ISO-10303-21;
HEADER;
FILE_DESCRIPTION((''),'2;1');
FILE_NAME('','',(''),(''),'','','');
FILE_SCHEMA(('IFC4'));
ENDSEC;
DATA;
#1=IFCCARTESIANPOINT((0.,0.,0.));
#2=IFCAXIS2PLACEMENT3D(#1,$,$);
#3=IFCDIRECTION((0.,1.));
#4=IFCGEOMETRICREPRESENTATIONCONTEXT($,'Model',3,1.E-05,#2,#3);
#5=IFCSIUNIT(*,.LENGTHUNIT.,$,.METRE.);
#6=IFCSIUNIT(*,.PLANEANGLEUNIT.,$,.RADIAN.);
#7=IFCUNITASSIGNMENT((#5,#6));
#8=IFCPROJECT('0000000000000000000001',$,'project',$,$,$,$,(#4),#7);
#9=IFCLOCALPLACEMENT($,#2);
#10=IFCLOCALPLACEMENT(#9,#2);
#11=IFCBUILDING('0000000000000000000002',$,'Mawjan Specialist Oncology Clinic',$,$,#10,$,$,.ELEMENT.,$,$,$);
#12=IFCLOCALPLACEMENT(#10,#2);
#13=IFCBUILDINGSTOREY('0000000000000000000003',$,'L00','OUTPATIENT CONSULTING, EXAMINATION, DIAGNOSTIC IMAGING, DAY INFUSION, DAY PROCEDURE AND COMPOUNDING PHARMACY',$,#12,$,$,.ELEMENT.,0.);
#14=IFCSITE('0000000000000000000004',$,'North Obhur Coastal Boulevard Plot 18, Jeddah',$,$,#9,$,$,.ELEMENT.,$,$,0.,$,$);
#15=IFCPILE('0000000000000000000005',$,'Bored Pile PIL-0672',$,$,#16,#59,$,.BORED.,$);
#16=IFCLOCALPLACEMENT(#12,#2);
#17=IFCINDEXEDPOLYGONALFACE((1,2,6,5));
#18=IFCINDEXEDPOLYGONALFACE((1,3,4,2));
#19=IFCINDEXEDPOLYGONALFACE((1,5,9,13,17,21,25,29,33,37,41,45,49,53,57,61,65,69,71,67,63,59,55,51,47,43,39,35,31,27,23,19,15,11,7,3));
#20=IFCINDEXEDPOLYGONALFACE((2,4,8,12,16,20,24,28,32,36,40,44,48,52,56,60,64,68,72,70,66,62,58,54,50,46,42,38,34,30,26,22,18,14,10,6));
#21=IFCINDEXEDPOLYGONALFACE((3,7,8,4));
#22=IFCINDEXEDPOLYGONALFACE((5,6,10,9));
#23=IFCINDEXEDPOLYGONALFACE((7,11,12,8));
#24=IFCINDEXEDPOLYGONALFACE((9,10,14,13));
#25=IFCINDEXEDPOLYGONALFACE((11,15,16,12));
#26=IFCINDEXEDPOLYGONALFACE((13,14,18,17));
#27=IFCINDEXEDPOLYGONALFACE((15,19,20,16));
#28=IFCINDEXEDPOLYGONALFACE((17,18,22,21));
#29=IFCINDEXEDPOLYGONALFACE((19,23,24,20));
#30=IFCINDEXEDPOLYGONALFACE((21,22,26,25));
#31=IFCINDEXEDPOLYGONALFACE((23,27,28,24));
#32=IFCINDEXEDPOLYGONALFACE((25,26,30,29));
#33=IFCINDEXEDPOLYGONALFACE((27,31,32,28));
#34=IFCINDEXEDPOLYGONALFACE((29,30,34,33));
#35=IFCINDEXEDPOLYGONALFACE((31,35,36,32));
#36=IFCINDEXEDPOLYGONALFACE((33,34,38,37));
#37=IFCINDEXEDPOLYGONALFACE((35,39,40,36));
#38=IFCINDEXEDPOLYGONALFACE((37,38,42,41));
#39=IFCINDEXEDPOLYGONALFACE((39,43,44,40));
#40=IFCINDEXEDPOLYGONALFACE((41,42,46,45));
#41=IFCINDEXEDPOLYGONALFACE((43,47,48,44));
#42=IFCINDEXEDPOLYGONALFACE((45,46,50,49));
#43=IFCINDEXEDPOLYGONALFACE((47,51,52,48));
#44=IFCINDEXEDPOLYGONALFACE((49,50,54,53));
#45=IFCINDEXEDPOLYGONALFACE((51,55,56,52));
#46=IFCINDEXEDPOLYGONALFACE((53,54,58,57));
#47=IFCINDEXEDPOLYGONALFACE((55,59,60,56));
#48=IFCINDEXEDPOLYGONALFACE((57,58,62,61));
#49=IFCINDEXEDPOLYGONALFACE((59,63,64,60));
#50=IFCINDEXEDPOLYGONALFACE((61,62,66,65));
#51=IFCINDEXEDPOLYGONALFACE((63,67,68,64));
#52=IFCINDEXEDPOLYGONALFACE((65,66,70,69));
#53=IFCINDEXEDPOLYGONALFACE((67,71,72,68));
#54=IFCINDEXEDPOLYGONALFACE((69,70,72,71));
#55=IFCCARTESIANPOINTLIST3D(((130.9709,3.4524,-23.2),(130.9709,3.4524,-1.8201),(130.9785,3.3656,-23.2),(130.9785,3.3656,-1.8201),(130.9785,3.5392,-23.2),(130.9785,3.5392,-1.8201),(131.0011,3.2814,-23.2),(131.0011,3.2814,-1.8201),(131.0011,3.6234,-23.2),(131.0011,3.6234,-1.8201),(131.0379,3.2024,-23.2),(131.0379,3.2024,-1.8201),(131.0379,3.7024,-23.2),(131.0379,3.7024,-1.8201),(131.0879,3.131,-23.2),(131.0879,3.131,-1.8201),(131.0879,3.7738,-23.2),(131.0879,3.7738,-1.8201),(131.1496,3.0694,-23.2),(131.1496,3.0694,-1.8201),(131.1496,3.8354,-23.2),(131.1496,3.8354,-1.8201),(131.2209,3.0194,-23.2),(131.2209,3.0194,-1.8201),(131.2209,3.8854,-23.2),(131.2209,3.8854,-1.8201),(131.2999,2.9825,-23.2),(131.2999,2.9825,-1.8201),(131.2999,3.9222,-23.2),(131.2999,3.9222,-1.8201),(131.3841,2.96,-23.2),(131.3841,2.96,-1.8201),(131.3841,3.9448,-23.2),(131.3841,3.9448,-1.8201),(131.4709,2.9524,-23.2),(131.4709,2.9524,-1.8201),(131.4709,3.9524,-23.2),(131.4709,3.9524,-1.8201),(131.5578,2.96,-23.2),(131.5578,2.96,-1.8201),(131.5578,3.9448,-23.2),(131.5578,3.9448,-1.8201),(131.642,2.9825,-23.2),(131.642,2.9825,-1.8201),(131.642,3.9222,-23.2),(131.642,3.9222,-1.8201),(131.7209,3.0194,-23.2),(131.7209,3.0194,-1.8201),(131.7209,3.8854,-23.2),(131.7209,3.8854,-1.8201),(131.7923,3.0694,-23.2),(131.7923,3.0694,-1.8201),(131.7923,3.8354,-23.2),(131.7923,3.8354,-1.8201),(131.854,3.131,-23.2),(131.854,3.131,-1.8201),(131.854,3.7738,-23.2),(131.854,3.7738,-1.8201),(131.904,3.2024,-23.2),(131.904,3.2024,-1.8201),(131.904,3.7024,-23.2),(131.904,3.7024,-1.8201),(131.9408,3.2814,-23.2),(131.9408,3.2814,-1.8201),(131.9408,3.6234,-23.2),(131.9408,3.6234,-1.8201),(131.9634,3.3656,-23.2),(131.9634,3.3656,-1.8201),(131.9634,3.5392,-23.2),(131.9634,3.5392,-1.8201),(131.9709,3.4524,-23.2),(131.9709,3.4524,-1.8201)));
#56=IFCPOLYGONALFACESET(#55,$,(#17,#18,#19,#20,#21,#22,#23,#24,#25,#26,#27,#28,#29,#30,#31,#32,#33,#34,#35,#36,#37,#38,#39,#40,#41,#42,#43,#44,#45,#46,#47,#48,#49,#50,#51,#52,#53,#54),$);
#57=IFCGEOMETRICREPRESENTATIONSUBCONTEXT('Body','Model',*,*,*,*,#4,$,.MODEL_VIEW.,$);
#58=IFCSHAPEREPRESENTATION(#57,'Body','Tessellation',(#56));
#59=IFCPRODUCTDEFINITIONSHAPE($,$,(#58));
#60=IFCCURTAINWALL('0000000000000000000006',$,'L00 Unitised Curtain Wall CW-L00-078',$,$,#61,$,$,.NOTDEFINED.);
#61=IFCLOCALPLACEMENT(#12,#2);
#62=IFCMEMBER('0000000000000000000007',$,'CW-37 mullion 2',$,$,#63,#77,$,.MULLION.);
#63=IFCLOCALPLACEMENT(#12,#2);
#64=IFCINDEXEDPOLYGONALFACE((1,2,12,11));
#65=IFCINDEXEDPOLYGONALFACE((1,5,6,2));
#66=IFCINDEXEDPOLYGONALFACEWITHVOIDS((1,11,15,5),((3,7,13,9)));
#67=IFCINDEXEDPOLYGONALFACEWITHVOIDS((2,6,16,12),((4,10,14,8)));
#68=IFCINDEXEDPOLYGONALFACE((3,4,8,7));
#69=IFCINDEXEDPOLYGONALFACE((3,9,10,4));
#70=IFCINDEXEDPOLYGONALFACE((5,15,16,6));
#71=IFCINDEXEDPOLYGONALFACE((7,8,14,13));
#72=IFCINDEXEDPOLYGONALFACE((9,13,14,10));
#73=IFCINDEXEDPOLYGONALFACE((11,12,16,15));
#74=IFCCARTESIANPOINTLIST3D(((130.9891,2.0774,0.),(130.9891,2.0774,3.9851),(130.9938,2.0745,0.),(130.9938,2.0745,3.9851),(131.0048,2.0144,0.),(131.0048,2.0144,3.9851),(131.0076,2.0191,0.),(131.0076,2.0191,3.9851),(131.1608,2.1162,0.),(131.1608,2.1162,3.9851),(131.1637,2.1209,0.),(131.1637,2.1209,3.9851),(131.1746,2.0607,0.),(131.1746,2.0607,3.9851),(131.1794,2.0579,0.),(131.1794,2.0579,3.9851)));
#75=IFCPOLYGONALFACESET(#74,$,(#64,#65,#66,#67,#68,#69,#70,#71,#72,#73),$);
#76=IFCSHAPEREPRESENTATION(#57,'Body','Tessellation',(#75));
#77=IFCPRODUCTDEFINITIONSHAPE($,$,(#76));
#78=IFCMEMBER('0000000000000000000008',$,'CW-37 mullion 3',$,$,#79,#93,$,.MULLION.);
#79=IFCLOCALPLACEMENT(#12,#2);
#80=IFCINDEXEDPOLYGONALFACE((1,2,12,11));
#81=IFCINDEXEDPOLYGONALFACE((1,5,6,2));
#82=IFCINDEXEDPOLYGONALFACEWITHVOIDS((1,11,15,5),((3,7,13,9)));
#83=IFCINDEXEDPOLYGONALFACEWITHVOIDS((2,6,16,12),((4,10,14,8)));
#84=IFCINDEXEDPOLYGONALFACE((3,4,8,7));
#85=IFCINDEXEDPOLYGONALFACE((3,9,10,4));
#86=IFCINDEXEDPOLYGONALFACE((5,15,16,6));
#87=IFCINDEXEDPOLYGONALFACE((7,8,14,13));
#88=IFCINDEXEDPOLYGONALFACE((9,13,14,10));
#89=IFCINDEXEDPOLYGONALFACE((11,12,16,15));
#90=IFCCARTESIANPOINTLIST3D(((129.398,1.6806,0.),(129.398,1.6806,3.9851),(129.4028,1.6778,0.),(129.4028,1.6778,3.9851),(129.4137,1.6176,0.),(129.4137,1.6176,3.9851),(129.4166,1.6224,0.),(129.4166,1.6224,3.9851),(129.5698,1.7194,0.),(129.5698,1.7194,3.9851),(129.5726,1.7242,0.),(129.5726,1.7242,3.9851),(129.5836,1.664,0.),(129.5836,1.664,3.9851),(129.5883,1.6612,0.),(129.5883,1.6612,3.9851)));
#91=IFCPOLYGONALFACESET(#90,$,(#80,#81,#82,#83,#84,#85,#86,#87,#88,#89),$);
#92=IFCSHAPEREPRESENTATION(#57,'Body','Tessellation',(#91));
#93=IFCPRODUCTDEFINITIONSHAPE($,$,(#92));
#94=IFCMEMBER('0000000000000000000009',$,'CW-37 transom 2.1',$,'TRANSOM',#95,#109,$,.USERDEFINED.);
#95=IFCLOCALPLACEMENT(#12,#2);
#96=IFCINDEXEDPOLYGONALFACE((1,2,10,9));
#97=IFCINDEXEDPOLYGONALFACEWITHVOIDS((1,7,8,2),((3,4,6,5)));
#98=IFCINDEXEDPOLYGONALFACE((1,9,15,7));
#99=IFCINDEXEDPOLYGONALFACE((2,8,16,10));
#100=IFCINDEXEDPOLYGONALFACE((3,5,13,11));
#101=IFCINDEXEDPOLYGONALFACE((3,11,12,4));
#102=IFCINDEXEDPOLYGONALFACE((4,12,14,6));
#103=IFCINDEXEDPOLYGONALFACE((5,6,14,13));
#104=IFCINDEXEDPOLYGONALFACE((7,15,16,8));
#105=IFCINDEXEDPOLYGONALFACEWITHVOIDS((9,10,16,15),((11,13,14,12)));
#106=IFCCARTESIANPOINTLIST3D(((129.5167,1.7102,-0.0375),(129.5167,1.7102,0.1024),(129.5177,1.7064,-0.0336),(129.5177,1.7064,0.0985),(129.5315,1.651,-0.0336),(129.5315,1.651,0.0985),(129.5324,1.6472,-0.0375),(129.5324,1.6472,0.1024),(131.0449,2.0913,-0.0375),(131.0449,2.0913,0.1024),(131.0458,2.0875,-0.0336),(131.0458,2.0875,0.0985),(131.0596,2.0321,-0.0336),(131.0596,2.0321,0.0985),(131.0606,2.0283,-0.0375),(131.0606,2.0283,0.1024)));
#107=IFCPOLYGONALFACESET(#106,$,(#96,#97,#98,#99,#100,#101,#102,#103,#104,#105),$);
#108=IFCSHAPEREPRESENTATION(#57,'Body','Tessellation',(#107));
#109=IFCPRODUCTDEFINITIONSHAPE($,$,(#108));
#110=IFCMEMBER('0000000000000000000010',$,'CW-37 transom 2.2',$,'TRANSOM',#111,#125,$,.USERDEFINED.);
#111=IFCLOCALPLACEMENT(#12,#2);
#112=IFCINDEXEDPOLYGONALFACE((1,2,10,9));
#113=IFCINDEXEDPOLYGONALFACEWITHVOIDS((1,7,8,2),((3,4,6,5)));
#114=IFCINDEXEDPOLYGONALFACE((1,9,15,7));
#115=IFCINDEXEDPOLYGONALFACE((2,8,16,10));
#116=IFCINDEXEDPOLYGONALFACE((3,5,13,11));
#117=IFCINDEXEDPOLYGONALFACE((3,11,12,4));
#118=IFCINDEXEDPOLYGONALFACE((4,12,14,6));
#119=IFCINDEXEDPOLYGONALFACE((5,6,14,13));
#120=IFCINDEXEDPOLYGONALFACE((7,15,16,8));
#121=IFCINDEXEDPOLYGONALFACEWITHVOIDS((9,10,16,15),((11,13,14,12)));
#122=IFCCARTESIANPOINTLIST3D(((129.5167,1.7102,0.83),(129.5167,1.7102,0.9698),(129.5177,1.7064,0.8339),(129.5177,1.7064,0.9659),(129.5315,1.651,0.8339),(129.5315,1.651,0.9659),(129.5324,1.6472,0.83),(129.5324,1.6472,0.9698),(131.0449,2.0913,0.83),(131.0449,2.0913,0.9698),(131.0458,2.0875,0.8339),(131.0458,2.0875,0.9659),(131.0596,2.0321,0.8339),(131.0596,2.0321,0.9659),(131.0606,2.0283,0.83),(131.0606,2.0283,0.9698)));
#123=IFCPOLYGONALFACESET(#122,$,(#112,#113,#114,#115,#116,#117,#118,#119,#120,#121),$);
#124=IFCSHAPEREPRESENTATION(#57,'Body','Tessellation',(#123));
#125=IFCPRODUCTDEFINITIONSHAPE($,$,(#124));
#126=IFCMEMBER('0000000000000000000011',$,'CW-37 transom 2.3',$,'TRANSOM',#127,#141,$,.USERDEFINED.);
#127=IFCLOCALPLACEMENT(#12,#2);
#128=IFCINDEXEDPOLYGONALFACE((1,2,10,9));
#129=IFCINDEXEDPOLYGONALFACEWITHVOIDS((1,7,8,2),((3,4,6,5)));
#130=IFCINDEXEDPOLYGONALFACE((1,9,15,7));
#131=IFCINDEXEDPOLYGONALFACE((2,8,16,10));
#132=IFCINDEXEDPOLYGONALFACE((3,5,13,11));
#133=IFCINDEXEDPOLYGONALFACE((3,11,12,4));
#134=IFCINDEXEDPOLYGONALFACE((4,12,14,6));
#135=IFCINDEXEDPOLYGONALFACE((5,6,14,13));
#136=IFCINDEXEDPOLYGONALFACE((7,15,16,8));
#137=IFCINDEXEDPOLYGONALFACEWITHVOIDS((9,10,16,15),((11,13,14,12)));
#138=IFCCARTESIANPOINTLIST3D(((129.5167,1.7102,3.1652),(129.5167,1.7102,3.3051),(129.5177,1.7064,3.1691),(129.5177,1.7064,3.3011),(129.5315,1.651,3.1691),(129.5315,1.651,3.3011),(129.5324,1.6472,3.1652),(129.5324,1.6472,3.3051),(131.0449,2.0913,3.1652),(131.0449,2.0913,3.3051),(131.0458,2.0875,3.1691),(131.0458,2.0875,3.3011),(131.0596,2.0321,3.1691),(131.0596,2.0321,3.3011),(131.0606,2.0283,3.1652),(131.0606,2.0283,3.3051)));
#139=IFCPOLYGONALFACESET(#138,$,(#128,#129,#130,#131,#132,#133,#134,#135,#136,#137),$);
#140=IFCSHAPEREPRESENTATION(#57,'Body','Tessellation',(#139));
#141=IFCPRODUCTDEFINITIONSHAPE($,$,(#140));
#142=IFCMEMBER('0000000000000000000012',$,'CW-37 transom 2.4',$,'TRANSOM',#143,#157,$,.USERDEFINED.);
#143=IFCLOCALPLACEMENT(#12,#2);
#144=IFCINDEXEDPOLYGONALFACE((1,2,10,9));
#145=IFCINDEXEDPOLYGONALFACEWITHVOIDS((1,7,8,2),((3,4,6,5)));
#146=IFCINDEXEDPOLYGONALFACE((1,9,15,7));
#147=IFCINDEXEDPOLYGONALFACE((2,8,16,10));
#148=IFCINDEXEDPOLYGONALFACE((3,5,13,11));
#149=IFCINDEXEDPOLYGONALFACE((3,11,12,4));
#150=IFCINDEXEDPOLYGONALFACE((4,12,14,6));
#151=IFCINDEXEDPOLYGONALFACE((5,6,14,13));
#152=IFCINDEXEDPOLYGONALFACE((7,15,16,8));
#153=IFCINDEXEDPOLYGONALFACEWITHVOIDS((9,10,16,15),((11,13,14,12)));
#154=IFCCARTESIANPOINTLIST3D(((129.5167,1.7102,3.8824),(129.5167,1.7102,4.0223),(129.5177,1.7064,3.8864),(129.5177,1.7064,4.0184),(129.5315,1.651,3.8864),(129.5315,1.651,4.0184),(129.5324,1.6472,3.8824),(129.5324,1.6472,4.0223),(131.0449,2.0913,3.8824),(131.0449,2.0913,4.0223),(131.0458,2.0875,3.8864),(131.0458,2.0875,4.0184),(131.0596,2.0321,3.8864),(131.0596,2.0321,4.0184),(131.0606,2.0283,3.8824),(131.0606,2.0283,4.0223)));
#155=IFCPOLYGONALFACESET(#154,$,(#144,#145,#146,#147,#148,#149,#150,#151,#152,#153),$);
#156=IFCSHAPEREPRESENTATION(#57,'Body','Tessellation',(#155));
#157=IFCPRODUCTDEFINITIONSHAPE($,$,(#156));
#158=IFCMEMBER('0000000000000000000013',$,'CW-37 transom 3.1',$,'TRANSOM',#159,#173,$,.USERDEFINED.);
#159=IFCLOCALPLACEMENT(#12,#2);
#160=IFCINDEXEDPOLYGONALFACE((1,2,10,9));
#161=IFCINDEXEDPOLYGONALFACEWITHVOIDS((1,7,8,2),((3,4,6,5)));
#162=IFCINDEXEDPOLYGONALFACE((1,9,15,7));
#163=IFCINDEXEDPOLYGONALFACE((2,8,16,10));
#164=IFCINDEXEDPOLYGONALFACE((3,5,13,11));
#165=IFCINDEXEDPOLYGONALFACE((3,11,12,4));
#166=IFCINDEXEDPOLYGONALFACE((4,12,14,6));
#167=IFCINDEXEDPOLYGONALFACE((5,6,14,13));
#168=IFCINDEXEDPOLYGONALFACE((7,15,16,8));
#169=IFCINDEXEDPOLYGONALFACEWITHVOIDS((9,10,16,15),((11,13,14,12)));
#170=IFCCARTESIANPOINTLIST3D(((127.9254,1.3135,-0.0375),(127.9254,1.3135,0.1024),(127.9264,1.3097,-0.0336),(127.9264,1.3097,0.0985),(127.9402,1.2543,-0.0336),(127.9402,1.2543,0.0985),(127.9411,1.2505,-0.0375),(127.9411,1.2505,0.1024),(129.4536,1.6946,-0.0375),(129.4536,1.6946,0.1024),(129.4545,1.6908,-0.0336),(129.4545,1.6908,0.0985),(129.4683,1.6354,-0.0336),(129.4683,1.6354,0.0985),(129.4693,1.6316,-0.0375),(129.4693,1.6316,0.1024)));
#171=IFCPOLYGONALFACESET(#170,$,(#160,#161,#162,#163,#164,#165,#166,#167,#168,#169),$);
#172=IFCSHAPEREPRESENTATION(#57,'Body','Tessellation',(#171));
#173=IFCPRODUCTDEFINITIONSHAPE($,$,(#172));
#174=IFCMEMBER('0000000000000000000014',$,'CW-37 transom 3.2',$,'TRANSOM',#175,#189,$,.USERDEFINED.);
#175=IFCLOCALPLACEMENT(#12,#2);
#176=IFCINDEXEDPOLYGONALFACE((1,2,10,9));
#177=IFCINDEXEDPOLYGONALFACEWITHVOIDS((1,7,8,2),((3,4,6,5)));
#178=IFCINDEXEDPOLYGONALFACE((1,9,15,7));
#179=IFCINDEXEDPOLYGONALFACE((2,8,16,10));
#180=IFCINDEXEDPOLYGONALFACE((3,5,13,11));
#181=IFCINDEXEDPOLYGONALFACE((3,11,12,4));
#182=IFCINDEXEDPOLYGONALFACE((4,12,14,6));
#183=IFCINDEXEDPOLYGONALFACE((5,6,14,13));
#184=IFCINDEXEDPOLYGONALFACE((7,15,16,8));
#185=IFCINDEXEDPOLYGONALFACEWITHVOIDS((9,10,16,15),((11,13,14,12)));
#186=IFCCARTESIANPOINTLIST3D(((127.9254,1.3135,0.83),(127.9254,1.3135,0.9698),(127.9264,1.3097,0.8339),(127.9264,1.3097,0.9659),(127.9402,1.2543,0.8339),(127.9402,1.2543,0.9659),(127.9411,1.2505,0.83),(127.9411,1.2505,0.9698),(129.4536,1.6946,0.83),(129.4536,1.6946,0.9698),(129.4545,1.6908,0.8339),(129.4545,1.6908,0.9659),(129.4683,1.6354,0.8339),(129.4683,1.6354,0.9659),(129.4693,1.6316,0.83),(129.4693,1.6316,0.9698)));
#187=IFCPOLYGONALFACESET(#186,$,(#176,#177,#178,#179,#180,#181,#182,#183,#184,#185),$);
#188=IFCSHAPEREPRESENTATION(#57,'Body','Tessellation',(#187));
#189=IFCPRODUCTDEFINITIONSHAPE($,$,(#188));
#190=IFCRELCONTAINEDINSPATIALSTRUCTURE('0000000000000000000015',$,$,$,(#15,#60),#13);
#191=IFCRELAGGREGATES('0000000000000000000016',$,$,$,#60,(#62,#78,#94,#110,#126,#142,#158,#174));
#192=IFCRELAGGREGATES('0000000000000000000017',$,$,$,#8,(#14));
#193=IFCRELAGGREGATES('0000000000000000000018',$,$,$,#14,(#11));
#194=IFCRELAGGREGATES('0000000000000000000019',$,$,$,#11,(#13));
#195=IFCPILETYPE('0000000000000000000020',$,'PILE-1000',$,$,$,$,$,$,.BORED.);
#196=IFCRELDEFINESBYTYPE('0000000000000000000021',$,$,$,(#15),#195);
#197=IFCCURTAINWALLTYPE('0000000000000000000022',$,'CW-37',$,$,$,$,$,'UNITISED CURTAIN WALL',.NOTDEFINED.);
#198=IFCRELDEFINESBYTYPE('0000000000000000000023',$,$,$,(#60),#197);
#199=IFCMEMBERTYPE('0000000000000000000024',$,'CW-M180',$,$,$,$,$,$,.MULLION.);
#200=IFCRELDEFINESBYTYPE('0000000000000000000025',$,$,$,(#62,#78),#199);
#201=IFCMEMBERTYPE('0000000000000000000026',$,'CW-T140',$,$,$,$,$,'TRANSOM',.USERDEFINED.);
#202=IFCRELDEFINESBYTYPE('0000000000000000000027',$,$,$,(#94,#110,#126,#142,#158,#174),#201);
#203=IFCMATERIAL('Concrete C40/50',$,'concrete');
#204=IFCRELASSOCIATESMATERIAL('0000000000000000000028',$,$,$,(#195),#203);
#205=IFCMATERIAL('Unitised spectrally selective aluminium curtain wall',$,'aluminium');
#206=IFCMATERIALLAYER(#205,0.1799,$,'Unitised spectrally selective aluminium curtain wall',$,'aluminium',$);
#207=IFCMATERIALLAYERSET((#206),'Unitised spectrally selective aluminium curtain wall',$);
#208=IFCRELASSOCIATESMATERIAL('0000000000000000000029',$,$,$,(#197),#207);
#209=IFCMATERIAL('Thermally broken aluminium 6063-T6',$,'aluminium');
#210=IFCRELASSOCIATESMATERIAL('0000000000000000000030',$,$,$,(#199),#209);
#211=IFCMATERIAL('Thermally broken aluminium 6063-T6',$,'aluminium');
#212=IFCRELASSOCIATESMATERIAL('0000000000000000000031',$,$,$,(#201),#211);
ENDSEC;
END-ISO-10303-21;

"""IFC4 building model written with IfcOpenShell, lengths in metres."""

from ifc_helpers import new_model, si_unit, direction, frame, origin, origin_2d, place, context, subcontext, project, spatial, hollow_rectangle, circle, extrude, material, layer, layer_set, material_profile, profile_set, type_object, element, aggregate, save


model = new_model("IFC4")

# Units and contexts
model_context = context("Model", 3, precision=1e-05, world=origin(), true_north=direction((0.0, 1.0)))
body_context = subcontext(model_context, "Body", "Model", "MODEL_VIEW")
ifc_project = project(units=[si_unit("LENGTHUNIT", "METRE"), si_unit("PLANEANGLEUNIT", "RADIAN")], contexts=[model_context])

# Site, building, storey
site_placement = place(None, origin())
site = spatial("IfcSite", under=ifc_project, at=site_placement, Name="North Obhur Coastal Boulevard Plot 18, Jeddah", CompositionType="ELEMENT", RefElevation=0.0)
building_placement = place(site_placement, origin())
building = spatial("IfcBuilding", under=site, at=building_placement, Name="Mawjan Specialist Oncology Clinic", CompositionType="ELEMENT")
storey_placement = place(building_placement, origin())
storey = spatial("IfcBuildingStorey", under=building, at=storey_placement, Name="L00", Description="OUTPATIENT CONSULTING, EXAMINATION, DIAGNOSTIC IMAGING, DAY INFUSION, DAY PROCEDURE AND COMPOUNDING PHARMACY", CompositionType="ELEMENT", Elevation=0.0)

# Pile
ifc_material_1 = material(Name="Concrete C40/50", Category="concrete")
ifc_material_profile_1 = material_profile(ifc_material_1, circle(Radius=0.5, at=origin_2d()), Name="BORED PILE D1000", Category="concrete")
ifc_profile_set_1 = profile_set([ifc_material_profile_1], Name="Concrete C40/50")
pile_type = type_object("IfcPileType", Name="PILE-1000", PredefinedType="BORED", material=ifc_profile_set_1)
pile_placement = place(storey_placement, frame((131.4709, 3.4524, -1.8201), z_axis=(0.0, 0.0, -1.0), x_axis=(1.0, 0.0, 0.0)))
element("IfcPile", 1, at=pile_placement, inside=storey, type_object=pile_type, Name="Bored Pile PIL-0672", PredefinedType="BORED", context=body_context, shape_type="SweptSolid", body=[
    extrude(circle(Radius=0.5, at=origin_2d()), origin(), (0.0, 0.0, 1.0), 21.3799),
])

# Curtain wall, members
ifc_material_2 = material(Name="Unitised spectrally selective aluminium curtain wall", Category="aluminium")
ifc_layer_1 = layer(ifc_material_2, 0.1799, Name="Unitised spectrally selective aluminium curtain wall", Category="aluminium")
ifc_layer_set_1 = layer_set([ifc_layer_1], Name="Unitised spectrally selective aluminium curtain wall")
curtain_wall_type = type_object("IfcCurtainWallType", Name="CW-37", ElementType="UNITISED CURTAIN WALL", PredefinedType="NOTDEFINED", material=ifc_layer_set_1)
curtain_wall_placement = place(storey_placement, origin())
curtain_wall = element("IfcCurtainWall", 2, at=curtain_wall_placement, inside=storey, type_object=curtain_wall_type, Name="L00 Unitised Curtain Wall CW-L00-078", PredefinedType="NOTDEFINED")
ifc_material_3 = material(Name="Thermally broken aluminium 6063-T6", Category="aluminium")
ifc_material_profile_2 = material_profile(ifc_material_3, hollow_rectangle(XDim=0.0649, YDim=0.1799, WallThickness=0.0039, at=origin_2d()), Name="ALU MULLION 180x65x4", Category="aluminium")
ifc_profile_set_2 = profile_set([ifc_material_profile_2], Name="Thermally broken aluminium 6063-T6")
member_type_1 = type_object("IfcMemberType", Name="CW-M180", PredefinedType="MULLION", material=ifc_profile_set_2)
member_1_placement = place(storey_placement, frame((131.0842, 2.0676, 0.0), z_axis=(0.0, 0.0, 1.0), x_axis=(0.241922, -0.970296, 0.0)))
member_1 = element("IfcMember", 3, at=member_1_placement, type_object=member_type_1, Name="CW-37 mullion 2", PredefinedType="MULLION", context=body_context, shape_type="SweptSolid", body=[
    extrude(hollow_rectangle(XDim=0.0649, YDim=0.1799, WallThickness=0.0039, at=origin_2d()), origin(), (0.0, 0.0, 1.0), 3.9851),
])
member_2_placement = place(storey_placement, frame((129.4932, 1.6709, 0.0), z_axis=(0.0, 0.0, 1.0), x_axis=(0.241922, -0.970296, 0.0)))
member_2 = element("IfcMember", 4, at=member_2_placement, type_object=member_type_1, Name="CW-37 mullion 3", PredefinedType="MULLION", context=body_context, shape_type="SweptSolid", body=[
    extrude(hollow_rectangle(XDim=0.0649, YDim=0.1799, WallThickness=0.0039, at=origin_2d()), origin(), (0.0, 0.0, 1.0), 3.9851),
])
ifc_material_4 = material(Name="Thermally broken aluminium 6063-T6", Category="aluminium")
ifc_material_profile_3 = material_profile(ifc_material_4, hollow_rectangle(XDim=0.0649, YDim=0.1399, WallThickness=0.0039, at=origin_2d()), Name="ALU TRANSOM 140x65x4", Category="aluminium")
ifc_profile_set_3 = profile_set([ifc_material_profile_3], Name="Thermally broken aluminium 6063-T6")
member_type_2 = type_object("IfcMemberType", Name="CW-T140", ElementType="TRANSOM", PredefinedType="USERDEFINED", material=ifc_profile_set_3)
member_3_placement = place(storey_placement, frame((131.0527, 2.0598, 0.0325), z_axis=(-0.970279, -0.241988, 0.0), x_axis=(0.241988, -0.970279, 0.0)))
member_3 = element("IfcMember", 5, at=member_3_placement, type_object=member_type_2, Name="CW-37 transom 2.1", ObjectType="TRANSOM", PredefinedType="USERDEFINED", context=body_context, shape_type="SweptSolid", body=[
    extrude(hollow_rectangle(XDim=0.0649, YDim=0.1399, WallThickness=0.0039, at=origin_2d()), origin(), (0.0, 0.0, 1.0), 1.575),
])
member_4_placement = place(storey_placement, frame((131.0527, 2.0598, 0.8999), z_axis=(-0.970279, -0.241988, 0.0), x_axis=(0.241988, -0.970279, 0.0)))
member_4 = element("IfcMember", 6, at=member_4_placement, type_object=member_type_2, Name="CW-37 transom 2.2", ObjectType="TRANSOM", PredefinedType="USERDEFINED", context=body_context, shape_type="SweptSolid", body=[
    extrude(hollow_rectangle(XDim=0.0649, YDim=0.1399, WallThickness=0.0039, at=origin_2d()), origin(), (0.0, 0.0, 1.0), 1.575),
])
member_5_placement = place(storey_placement, frame((131.0527, 2.0598, 3.2351), z_axis=(-0.970279, -0.241988, 0.0), x_axis=(0.241988, -0.970279, 0.0)))
member_5 = element("IfcMember", 7, at=member_5_placement, type_object=member_type_2, Name="CW-37 transom 2.3", ObjectType="TRANSOM", PredefinedType="USERDEFINED", context=body_context, shape_type="SweptSolid", body=[
    extrude(hollow_rectangle(XDim=0.0649, YDim=0.1399, WallThickness=0.0039, at=origin_2d()), origin(), (0.0, 0.0, 1.0), 1.575),
])
member_6_placement = place(storey_placement, frame((131.0527, 2.0598, 3.9524), z_axis=(-0.970279, -0.241988, 0.0), x_axis=(0.241988, -0.970279, 0.0)))
member_6 = element("IfcMember", 8, at=member_6_placement, type_object=member_type_2, Name="CW-37 transom 2.4", ObjectType="TRANSOM", PredefinedType="USERDEFINED", context=body_context, shape_type="SweptSolid", body=[
    extrude(hollow_rectangle(XDim=0.0649, YDim=0.1399, WallThickness=0.0039, at=origin_2d()), origin(), (0.0, 0.0, 1.0), 1.575),
])
member_7_placement = place(storey_placement, frame((129.4614, 1.6631, 0.0325), z_axis=(-0.970279, -0.241988, 0.0), x_axis=(0.241988, -0.970279, 0.0)))
member_7 = element("IfcMember", 9, at=member_7_placement, type_object=member_type_2, Name="CW-37 transom 3.1", ObjectType="TRANSOM", PredefinedType="USERDEFINED", context=body_context, shape_type="SweptSolid", body=[
    extrude(hollow_rectangle(XDim=0.0649, YDim=0.1399, WallThickness=0.0039, at=origin_2d()), origin(), (0.0, 0.0, 1.0), 1.575),
])
member_8_placement = place(storey_placement, frame((129.4614, 1.6631, 0.8999), z_axis=(-0.970279, -0.241988, 0.0), x_axis=(0.241988, -0.970279, 0.0)))
member_8 = element("IfcMember", 10, at=member_8_placement, type_object=member_type_2, Name="CW-37 transom 3.2", ObjectType="TRANSOM", PredefinedType="USERDEFINED", context=body_context, shape_type="SweptSolid", body=[
    extrude(hollow_rectangle(XDim=0.0649, YDim=0.1399, WallThickness=0.0039, at=origin_2d()), origin(), (0.0, 0.0, 1.0), 1.575),
])
aggregate(curtain_wall, [member_1, member_2, member_3, member_4, member_5, member_6, member_7, member_8])

save(model, "model.ifc")
